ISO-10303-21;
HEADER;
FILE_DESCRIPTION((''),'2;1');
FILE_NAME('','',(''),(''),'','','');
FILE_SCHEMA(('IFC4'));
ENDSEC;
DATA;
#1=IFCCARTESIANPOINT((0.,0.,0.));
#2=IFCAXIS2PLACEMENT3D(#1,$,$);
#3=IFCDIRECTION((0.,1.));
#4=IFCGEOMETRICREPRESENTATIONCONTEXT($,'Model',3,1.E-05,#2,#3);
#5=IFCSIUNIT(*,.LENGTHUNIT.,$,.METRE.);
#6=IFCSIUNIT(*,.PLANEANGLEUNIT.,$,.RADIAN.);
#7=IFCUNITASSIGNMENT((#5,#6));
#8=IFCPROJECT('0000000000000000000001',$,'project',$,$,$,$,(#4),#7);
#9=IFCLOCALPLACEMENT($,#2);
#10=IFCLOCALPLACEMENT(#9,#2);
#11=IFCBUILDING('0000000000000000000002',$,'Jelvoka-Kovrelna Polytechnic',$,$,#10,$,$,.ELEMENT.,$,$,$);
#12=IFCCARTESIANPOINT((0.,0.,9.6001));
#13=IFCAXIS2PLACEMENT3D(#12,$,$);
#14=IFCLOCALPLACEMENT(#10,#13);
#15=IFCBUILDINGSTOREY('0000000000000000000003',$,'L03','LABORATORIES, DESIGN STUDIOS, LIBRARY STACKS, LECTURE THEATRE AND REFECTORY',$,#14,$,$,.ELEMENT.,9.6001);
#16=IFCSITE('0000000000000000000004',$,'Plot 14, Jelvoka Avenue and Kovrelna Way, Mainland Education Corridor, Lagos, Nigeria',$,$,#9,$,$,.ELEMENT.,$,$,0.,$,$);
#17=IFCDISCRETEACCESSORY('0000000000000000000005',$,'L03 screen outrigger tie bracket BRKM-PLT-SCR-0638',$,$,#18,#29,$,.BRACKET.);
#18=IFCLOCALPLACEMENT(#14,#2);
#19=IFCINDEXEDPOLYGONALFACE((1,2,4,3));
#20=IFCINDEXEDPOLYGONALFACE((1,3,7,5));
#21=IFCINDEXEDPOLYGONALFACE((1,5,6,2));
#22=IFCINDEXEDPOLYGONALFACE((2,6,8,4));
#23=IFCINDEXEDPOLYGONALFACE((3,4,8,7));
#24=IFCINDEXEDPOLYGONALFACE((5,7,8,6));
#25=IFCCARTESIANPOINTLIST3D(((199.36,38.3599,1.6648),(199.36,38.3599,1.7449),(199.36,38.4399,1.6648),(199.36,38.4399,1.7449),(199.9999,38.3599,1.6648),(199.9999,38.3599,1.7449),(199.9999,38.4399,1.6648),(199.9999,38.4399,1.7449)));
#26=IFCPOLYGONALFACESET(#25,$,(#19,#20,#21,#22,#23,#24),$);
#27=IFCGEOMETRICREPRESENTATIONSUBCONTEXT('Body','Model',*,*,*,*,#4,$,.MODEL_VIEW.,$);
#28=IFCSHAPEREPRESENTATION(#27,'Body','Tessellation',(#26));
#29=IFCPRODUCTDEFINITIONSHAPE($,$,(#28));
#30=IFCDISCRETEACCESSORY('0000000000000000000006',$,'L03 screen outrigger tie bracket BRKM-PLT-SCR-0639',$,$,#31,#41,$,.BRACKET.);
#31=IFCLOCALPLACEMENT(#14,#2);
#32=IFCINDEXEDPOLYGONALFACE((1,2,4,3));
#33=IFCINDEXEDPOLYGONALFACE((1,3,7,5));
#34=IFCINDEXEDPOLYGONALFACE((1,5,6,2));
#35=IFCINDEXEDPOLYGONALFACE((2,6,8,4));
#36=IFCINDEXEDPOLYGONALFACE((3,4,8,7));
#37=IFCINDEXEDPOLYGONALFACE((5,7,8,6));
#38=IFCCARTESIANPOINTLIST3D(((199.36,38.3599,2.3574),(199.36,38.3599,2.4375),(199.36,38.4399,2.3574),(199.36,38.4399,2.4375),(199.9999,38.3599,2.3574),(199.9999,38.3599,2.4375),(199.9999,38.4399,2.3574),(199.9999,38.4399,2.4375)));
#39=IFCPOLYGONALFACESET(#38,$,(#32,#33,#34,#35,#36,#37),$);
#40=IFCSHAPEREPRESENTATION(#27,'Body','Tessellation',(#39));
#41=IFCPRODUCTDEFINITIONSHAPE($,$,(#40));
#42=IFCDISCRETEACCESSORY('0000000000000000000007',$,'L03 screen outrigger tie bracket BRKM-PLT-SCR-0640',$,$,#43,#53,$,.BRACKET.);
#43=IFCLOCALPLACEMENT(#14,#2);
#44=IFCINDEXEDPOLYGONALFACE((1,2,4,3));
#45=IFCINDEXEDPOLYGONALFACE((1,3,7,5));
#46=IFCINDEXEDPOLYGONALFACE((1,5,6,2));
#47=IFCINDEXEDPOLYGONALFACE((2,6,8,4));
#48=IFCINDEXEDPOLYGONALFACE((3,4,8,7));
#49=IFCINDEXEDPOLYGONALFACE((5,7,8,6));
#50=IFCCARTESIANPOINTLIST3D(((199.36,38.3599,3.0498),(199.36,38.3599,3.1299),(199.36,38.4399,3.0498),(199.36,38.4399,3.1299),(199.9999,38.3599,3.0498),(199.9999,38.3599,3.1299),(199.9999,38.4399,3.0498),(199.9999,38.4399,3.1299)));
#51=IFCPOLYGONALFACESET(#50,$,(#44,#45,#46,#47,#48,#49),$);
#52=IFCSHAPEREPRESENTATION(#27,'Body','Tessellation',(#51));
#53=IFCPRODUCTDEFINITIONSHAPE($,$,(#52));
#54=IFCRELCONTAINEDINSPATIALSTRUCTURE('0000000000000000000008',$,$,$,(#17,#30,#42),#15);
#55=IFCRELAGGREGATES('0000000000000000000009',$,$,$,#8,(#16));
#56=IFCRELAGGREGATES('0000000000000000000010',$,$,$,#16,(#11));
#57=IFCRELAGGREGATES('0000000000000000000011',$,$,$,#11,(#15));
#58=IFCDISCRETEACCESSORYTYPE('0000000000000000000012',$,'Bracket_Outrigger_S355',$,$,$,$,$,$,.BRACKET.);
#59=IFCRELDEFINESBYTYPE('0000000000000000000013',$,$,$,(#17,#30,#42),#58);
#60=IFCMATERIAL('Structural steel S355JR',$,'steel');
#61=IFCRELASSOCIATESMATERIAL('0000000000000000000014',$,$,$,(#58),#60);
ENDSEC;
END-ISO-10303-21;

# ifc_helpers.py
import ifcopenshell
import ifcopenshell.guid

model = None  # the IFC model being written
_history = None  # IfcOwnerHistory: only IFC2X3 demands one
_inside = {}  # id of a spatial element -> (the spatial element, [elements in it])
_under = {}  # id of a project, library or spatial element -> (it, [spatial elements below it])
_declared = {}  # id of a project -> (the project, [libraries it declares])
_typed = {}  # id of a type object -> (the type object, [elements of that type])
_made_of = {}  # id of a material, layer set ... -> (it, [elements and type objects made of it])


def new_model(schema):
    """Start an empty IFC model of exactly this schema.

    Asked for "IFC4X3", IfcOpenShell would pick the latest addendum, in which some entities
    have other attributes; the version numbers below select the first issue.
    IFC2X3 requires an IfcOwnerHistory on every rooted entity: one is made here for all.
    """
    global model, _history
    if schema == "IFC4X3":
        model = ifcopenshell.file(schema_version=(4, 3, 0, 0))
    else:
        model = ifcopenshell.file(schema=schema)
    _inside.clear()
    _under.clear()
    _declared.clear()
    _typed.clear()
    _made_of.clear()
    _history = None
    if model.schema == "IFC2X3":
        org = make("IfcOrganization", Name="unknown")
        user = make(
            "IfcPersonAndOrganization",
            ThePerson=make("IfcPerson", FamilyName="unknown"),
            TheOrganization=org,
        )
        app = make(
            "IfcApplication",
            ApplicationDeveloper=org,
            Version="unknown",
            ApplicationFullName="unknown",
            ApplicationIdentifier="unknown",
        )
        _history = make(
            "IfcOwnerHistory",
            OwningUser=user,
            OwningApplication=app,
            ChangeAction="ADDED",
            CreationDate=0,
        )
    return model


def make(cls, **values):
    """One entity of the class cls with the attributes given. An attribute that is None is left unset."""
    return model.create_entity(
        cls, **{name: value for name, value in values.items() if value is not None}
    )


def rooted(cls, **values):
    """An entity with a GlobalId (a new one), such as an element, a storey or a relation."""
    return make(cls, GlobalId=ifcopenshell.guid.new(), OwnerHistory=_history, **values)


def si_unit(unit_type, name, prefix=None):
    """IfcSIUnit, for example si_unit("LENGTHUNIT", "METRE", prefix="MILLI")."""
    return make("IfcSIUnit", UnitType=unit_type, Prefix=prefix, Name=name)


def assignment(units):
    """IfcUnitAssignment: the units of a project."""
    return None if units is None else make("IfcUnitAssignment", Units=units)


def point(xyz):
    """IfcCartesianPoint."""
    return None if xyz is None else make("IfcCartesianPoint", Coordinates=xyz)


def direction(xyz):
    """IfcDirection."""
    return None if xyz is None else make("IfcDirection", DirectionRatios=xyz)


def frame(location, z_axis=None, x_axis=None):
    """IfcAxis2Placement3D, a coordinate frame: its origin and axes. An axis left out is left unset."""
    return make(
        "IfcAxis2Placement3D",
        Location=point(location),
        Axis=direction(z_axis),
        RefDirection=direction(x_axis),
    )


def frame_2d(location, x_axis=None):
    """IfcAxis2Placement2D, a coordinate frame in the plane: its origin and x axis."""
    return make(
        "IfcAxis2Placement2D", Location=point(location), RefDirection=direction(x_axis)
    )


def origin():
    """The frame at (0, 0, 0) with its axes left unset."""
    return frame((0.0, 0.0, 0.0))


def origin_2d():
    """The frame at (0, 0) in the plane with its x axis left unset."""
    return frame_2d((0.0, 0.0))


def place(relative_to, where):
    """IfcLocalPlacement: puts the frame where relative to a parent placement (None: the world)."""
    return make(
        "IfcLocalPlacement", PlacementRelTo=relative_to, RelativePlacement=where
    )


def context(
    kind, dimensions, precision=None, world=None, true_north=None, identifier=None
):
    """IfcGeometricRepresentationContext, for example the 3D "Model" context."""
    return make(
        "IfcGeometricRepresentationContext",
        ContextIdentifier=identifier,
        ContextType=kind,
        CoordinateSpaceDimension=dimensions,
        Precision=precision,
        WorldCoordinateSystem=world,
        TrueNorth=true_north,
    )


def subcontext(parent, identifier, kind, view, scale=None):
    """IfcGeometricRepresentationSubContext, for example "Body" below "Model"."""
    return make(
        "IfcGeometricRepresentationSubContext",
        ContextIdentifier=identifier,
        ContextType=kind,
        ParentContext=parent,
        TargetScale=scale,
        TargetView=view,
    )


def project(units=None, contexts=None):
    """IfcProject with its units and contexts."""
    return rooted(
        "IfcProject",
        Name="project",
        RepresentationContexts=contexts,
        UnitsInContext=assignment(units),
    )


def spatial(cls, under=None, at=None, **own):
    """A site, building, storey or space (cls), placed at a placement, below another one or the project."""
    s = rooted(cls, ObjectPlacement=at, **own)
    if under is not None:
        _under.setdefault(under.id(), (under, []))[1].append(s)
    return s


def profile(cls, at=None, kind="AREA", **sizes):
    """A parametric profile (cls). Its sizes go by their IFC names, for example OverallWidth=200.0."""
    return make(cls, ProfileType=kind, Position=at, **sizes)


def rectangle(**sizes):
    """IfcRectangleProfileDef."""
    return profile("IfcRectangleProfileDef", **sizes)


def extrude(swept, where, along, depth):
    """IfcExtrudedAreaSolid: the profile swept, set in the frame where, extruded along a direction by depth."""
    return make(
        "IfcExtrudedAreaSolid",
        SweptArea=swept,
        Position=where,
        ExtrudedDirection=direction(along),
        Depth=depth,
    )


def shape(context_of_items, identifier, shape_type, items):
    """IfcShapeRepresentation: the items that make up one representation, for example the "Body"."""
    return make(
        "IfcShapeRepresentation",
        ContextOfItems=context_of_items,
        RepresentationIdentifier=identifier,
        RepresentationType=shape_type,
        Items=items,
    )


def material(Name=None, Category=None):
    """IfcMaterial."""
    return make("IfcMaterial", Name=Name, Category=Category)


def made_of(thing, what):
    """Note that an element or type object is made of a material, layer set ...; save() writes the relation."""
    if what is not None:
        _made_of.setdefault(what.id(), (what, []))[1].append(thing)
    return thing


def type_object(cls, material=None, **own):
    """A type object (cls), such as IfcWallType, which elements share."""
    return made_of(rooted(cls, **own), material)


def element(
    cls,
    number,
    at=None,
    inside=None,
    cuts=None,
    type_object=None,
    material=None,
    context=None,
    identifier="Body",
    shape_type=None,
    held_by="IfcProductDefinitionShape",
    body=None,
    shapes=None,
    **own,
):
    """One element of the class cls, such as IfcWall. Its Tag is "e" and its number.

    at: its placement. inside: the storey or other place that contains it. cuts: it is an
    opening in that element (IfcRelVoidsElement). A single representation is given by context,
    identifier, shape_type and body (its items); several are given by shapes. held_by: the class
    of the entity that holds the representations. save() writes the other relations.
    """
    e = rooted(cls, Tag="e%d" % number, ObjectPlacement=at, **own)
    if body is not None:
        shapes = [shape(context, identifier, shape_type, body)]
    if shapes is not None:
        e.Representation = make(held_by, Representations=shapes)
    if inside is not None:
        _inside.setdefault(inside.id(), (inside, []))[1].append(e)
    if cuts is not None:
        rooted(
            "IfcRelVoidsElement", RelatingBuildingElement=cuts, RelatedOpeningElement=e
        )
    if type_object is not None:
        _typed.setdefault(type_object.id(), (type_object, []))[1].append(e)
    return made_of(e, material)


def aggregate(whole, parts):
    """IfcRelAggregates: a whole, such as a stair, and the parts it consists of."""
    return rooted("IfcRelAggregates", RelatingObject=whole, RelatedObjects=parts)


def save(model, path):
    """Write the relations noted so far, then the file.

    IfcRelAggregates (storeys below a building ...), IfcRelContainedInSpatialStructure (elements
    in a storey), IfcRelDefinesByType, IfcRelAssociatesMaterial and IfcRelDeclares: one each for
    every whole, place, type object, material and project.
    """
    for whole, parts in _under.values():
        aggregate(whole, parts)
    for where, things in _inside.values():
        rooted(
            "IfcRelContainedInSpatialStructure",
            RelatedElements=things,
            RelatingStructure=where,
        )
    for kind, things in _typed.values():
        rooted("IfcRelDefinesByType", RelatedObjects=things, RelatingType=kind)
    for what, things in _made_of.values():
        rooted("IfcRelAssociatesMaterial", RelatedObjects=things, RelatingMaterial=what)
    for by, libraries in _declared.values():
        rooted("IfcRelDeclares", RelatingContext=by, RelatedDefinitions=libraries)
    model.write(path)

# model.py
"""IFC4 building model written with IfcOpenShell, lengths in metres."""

from ifc_helpers import new_model, si_unit, direction, frame, origin, origin_2d, place, context, subcontext, project, spatial, rectangle, extrude, material, type_object, element, save


model = new_model("IFC4")

# Units and contexts
model_context = context("Model", 3, precision=1e-05, world=origin(), true_north=direction((0.0, 1.0)))
body_context = subcontext(model_context, "Body", "Model", "MODEL_VIEW")
ifc_project = project(units=[si_unit("LENGTHUNIT", "METRE"), si_unit("PLANEANGLEUNIT", "RADIAN")], contexts=[model_context])

# Site, building, storey
site_placement = place(None, origin())
site = spatial("IfcSite", under=ifc_project, at=site_placement, Name="Plot 14, Jelvoka Avenue and Kovrelna Way, Mainland Education Corridor, Lagos, Nigeria", CompositionType="ELEMENT", RefElevation=0.0)
building_placement = place(site_placement, origin())
building = spatial("IfcBuilding", under=site, at=building_placement, Name="Jelvoka-Kovrelna Polytechnic", CompositionType="ELEMENT")
storey_placement = place(building_placement, frame((0.0, 0.0, 9.6001)))
storey = spatial("IfcBuildingStorey", under=building, at=storey_placement, Name="L03", Description="LABORATORIES, DESIGN STUDIOS, LIBRARY STACKS, LECTURE THEATRE AND REFECTORY", CompositionType="ELEMENT", Elevation=9.6001)

# Discrete accessories
ifc_material_1 = material(Name="Structural steel S355JR", Category="steel")
discrete_accessory_type = type_object("IfcDiscreteAccessoryType", Name="Bracket_Outrigger_S355", PredefinedType="BRACKET", material=ifc_material_1)
for number, where, z_axis, x_axis, name in (
    (1, (199.6799, 38.3999, 1.6648), (0.0, 0.0, 1.0), (1.0, 0.0, 0.0), "L03 screen outrigger tie bracket BRKM-PLT-SCR-0638"),
    (2, (199.6799, 38.3999, 2.3574), (0.0, 0.0, 1.0), (1.0, 0.0, 0.0), "L03 screen outrigger tie bracket BRKM-PLT-SCR-0639"),
    (3, (199.6799, 38.3999, 3.0498), (0.0, 0.0, 1.0), (1.0, 0.0, 0.0), "L03 screen outrigger tie bracket BRKM-PLT-SCR-0640"),
):
    element("IfcDiscreteAccessory", number, at=place(storey_placement, frame(where, z_axis=z_axis, x_axis=x_axis)), inside=storey, type_object=discrete_accessory_type, Name=name, PredefinedType="BRACKET", context=body_context, shape_type="SweptSolid", body=[
        extrude(rectangle(XDim=0.6399, YDim=0.0801, at=origin_2d()), origin(), (0.0, 0.0, 1.0), 0.0801),
    ])

save(model, "model.ifc")
